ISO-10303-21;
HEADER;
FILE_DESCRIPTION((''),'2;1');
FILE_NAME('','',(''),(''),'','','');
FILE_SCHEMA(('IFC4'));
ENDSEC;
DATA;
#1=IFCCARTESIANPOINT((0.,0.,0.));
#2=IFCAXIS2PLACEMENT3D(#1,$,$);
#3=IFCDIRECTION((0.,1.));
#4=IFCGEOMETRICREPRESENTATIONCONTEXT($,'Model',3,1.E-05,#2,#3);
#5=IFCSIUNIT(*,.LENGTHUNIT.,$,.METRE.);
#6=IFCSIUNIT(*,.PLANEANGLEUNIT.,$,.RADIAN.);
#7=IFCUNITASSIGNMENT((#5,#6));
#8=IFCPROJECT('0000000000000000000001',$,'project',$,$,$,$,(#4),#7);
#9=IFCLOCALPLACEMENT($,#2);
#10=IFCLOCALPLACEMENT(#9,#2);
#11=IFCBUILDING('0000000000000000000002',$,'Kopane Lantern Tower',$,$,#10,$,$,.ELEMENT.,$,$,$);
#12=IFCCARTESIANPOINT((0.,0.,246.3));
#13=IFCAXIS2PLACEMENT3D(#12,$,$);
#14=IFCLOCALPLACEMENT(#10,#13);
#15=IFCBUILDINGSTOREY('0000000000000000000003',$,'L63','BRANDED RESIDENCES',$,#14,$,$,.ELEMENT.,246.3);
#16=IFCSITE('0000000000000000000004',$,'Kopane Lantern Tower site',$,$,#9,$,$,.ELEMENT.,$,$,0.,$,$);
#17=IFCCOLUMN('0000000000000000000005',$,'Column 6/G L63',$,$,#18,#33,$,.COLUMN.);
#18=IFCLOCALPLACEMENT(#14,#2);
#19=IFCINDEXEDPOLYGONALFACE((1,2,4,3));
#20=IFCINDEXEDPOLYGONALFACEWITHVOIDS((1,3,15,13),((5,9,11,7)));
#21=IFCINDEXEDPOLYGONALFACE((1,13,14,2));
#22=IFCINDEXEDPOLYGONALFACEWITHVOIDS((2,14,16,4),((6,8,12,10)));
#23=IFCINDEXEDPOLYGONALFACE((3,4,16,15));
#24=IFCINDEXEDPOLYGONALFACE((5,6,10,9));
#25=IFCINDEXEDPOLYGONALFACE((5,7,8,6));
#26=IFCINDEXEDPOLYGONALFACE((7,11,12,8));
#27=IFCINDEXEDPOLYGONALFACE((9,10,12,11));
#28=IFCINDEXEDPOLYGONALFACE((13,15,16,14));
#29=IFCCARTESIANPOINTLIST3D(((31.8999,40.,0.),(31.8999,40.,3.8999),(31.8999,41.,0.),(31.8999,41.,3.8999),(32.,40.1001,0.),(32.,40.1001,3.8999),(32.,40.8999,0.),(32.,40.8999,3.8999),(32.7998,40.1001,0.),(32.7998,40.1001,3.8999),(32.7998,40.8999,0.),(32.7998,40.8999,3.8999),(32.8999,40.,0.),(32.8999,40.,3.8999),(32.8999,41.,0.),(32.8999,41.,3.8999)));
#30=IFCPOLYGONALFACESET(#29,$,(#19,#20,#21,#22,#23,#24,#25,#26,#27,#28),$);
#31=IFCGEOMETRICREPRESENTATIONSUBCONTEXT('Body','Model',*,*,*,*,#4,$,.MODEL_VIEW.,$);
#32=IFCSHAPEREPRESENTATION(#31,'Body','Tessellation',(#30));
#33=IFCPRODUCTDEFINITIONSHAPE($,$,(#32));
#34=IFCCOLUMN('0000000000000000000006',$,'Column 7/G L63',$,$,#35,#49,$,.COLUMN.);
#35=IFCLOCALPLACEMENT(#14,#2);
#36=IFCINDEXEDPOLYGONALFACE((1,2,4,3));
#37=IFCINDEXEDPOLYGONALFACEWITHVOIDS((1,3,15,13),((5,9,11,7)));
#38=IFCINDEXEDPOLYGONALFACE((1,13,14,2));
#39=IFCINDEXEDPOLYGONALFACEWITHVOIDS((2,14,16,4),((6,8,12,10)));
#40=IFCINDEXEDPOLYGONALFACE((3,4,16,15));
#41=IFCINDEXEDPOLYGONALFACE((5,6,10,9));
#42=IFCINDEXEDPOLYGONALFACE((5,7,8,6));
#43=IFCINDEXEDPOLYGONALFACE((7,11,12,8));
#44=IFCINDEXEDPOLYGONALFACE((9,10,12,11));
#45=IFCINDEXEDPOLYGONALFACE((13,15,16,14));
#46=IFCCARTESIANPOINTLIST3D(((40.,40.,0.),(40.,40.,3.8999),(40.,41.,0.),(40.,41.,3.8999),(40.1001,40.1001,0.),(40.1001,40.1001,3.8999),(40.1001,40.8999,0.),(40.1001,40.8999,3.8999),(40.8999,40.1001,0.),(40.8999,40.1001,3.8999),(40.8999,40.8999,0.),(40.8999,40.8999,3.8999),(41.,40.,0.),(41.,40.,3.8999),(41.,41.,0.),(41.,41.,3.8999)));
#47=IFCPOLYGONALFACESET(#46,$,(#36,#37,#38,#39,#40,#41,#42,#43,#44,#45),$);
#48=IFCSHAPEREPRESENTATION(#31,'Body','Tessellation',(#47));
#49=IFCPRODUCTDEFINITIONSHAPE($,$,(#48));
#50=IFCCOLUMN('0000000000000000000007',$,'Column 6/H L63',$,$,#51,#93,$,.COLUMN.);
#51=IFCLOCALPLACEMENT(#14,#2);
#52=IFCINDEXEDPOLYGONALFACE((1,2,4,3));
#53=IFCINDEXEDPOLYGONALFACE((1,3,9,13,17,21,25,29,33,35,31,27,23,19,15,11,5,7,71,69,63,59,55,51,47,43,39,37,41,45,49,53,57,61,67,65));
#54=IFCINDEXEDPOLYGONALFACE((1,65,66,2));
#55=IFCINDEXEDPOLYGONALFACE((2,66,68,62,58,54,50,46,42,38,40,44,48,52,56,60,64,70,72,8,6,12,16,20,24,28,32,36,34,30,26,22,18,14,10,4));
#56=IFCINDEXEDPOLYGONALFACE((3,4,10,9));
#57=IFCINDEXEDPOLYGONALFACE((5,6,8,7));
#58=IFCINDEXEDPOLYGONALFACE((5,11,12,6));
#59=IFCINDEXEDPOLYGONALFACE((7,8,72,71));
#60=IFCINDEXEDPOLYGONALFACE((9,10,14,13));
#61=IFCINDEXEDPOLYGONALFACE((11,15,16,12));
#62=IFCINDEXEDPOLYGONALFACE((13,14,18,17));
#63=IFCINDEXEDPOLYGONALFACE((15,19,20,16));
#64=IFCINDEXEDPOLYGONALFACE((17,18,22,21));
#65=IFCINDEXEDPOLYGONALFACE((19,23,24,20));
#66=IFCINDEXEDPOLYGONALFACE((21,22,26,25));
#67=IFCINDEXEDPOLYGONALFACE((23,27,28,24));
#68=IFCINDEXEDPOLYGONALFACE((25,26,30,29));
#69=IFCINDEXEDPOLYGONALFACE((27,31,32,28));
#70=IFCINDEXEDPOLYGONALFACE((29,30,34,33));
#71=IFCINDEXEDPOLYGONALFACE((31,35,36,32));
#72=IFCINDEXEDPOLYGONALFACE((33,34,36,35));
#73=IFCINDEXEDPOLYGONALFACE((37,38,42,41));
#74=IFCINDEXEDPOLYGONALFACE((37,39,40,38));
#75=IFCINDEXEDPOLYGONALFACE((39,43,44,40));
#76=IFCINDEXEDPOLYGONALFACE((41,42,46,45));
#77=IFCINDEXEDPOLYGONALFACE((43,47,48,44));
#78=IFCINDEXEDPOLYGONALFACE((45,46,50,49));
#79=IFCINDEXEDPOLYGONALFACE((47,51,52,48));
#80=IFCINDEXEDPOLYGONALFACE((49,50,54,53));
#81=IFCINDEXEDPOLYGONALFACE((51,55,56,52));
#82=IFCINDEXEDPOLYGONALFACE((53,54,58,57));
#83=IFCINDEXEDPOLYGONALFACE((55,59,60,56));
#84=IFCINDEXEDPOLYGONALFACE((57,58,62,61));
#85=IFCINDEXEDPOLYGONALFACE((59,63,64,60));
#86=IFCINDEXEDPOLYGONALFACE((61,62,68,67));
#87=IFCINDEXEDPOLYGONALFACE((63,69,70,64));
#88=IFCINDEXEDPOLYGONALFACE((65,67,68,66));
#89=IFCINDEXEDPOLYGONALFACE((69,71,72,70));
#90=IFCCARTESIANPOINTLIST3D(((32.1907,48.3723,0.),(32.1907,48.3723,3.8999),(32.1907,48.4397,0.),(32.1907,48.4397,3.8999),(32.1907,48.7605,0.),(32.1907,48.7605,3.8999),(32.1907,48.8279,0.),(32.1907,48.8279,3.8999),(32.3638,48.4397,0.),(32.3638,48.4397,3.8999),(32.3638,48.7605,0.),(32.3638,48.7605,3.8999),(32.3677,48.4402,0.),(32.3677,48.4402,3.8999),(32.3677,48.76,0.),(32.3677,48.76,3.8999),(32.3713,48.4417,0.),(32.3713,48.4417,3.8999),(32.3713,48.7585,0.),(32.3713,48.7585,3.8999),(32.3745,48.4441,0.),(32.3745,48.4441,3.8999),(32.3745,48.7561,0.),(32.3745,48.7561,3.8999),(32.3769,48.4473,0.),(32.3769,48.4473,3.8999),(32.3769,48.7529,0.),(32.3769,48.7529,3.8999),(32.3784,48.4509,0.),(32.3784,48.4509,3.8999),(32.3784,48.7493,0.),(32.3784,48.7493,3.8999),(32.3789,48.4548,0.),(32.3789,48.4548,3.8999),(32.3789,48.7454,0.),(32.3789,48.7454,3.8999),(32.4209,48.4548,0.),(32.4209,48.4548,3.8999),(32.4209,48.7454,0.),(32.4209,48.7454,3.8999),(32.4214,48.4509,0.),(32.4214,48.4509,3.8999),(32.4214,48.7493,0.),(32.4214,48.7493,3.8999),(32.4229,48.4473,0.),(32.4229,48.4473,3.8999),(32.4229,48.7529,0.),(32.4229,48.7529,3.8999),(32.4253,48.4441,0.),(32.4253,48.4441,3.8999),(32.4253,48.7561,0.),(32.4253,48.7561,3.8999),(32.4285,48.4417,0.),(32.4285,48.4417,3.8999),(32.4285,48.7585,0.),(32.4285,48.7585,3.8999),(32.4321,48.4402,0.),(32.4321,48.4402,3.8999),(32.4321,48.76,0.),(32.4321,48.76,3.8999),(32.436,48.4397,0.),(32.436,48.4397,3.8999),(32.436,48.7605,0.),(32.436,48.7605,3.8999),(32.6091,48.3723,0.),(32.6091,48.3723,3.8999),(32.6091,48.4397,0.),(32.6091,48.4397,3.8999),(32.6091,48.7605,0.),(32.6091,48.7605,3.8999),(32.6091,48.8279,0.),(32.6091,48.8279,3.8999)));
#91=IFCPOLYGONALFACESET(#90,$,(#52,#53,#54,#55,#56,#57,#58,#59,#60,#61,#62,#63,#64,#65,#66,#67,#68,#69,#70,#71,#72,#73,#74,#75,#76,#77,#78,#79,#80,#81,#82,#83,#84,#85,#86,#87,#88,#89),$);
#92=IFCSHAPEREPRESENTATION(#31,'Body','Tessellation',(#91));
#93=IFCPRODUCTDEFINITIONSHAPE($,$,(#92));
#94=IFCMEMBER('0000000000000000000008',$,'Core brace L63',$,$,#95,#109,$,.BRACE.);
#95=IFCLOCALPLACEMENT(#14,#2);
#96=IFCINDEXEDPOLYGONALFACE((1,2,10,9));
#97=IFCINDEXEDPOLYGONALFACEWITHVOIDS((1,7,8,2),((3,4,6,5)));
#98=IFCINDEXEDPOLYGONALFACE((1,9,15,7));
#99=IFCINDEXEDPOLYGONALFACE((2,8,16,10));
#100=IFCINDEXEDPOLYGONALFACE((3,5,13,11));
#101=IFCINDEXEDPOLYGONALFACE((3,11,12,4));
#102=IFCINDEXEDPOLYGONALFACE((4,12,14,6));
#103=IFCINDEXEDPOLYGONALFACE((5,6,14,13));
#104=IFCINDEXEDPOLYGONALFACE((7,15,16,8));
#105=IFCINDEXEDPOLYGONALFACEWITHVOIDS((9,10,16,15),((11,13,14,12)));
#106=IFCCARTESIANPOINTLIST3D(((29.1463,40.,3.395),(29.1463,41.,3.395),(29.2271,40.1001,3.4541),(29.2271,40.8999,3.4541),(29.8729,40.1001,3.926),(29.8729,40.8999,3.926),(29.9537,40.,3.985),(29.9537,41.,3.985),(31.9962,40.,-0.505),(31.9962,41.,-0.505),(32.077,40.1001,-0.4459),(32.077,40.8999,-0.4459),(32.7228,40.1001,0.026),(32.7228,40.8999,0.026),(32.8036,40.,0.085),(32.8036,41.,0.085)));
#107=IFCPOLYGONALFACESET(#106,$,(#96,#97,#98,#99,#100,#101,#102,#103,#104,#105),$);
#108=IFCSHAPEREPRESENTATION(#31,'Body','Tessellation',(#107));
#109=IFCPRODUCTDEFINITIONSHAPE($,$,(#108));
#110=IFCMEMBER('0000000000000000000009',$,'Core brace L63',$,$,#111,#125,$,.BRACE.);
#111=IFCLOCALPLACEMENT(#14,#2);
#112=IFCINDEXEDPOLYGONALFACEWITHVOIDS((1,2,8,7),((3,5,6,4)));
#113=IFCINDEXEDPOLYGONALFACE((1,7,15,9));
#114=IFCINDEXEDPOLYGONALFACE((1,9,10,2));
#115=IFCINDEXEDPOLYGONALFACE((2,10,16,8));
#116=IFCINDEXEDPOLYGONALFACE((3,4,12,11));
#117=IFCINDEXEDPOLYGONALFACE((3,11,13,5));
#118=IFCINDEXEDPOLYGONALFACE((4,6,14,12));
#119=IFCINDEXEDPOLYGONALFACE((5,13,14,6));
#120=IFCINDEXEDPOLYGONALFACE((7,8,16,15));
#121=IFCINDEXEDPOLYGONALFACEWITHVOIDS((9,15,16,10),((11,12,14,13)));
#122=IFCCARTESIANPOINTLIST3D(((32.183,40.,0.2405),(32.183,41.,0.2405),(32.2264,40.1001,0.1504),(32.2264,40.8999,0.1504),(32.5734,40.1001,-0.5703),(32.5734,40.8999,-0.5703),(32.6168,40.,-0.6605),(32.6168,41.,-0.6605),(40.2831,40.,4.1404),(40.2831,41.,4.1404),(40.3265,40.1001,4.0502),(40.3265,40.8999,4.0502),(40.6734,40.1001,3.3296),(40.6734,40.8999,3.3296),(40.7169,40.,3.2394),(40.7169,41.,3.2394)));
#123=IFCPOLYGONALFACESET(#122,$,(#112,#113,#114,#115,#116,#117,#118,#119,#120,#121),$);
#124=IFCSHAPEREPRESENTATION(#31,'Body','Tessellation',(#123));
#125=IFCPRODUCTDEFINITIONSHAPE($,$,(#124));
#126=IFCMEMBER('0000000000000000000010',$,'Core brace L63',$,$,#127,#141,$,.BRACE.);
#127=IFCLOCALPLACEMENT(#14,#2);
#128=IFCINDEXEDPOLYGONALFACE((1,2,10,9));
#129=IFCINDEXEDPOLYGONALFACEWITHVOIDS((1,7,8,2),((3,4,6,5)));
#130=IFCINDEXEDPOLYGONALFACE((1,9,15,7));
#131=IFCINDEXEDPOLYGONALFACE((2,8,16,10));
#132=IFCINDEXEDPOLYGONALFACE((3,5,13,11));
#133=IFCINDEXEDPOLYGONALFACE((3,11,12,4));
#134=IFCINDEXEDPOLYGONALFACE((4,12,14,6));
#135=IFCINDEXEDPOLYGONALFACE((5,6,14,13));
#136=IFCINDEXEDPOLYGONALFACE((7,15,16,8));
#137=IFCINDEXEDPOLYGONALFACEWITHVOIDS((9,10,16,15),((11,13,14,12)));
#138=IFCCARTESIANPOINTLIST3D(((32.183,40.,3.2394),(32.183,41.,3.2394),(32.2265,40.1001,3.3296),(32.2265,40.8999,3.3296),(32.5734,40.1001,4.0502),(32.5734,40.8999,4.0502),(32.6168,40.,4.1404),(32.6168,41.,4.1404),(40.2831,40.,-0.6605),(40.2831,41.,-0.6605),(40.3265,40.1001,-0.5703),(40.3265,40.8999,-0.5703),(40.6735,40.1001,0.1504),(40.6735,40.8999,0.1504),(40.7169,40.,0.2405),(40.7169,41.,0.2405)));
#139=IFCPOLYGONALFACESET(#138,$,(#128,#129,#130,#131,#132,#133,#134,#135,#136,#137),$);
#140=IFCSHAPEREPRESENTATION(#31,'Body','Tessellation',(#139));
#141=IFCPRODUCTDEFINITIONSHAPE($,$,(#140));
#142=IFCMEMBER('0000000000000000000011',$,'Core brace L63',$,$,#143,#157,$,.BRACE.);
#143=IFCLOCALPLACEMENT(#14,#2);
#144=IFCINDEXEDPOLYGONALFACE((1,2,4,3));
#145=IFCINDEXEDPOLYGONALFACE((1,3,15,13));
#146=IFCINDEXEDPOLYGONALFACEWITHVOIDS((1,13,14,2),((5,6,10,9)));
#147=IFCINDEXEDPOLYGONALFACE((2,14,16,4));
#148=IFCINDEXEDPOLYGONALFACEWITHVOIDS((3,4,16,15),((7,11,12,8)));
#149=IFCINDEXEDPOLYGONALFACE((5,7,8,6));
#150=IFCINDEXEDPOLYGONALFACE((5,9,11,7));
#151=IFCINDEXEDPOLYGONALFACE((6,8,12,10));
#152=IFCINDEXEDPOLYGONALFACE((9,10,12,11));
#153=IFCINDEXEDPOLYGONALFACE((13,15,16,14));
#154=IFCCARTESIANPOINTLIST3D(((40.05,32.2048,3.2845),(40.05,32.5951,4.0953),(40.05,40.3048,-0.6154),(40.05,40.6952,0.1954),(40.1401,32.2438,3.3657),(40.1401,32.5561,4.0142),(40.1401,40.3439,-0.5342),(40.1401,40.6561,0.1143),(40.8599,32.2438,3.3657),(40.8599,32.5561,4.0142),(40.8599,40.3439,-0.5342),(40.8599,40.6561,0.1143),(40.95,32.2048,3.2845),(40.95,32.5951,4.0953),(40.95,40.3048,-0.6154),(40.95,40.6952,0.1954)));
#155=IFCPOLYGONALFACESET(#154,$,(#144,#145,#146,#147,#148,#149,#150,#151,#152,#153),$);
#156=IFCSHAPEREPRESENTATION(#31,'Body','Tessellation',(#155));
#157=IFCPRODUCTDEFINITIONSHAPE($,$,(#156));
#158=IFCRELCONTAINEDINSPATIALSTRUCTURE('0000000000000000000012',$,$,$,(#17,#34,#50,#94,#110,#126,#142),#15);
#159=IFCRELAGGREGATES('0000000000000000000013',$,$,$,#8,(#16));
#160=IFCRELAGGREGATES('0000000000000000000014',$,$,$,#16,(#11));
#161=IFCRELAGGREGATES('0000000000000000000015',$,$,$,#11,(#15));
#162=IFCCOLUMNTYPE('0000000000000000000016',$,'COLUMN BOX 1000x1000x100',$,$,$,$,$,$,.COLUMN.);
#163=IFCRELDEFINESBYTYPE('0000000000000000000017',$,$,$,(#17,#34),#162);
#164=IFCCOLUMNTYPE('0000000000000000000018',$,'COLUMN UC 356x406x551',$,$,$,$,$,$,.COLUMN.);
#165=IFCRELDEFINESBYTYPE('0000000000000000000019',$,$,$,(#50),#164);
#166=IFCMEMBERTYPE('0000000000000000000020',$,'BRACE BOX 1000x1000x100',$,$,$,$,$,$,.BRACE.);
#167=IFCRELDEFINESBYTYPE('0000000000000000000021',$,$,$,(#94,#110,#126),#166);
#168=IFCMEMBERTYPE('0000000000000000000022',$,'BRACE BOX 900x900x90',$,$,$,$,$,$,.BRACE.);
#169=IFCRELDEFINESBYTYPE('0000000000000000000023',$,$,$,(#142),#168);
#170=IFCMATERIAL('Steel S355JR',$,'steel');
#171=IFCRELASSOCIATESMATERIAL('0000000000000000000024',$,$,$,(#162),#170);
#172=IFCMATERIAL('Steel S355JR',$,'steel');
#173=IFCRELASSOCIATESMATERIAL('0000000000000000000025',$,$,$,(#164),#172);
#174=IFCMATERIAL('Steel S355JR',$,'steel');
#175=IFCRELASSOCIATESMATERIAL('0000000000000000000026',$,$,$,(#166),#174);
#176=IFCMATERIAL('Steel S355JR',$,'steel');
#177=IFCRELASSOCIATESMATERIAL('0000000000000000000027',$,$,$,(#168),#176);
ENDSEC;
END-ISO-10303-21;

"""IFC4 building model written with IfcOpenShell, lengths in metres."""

from ifc_helpers import new_model, si_unit, direction, frame, origin, origin_2d, place, context, subcontext, project, spatial, hollow_rectangle, i_section, extrude, material, material_profile, profile_set, type_object, element, save


model = new_model("IFC4")

# Units and contexts
model_context = context("Model", 3, precision=1e-05, world=origin(), true_north=direction((0.0, 1.0)))
body_context = subcontext(model_context, "Body", "Model", "MODEL_VIEW")
ifc_project = project(units=[si_unit("LENGTHUNIT", "METRE"), si_unit("PLANEANGLEUNIT", "RADIAN")], contexts=[model_context])

# Site, building, storey
site_placement = place(None, origin())
site = spatial("IfcSite", under=ifc_project, at=site_placement, Name="Kopane Lantern Tower site", CompositionType="ELEMENT", RefElevation=0.0)
building_placement = place(site_placement, origin())
building = spatial("IfcBuilding", under=site, at=building_placement, Name="Kopane Lantern Tower", CompositionType="ELEMENT")
storey_placement = place(building_placement, frame((0.0, 0.0, 246.3)))
storey = spatial("IfcBuildingStorey", under=building, at=storey_placement, Name="L63", Description="BRANDED RESIDENCES", CompositionType="ELEMENT", Elevation=246.3)

# Columns
ifc_material_1 = material(Name="Steel S355JR", Category="steel")
ifc_material_profile_1 = material_profile(ifc_material_1, hollow_rectangle(XDim=1.0, YDim=1.0, WallThickness=0.1001, at=origin_2d()), Name="BOX 1000x1000x100")
ifc_profile_set_1 = profile_set([ifc_material_profile_1], Name="Steel S355JR")
column_type_1 = type_object("IfcColumnType", Name="COLUMN BOX 1000x1000x100", PredefinedType="COLUMN", material=ifc_profile_set_1)
for number, where, z_axis, x_axis, name in (
    (1, (32.3999, 40.5, 0.0), (0.0, 0.0, 1.0), (1.0, 0.0, 0.0), "Column 6/G L63"),
    (2, (40.5, 40.5, 0.0), (0.0, 0.0, 1.0), (1.0, 0.0, 0.0), "Column 7/G L63"),
):
    element("IfcColumn", number, at=place(storey_placement, frame(where, z_axis=z_axis, x_axis=x_axis)), inside=storey, type_object=column_type_1, Name=name, PredefinedType="COLUMN", context=body_context, shape_type="SweptSolid", body=[
        extrude(hollow_rectangle(XDim=1.0, YDim=1.0, WallThickness=0.1001, at=origin_2d()), origin(), (0.0, 0.0, 1.0), 3.8999),
    ])
ifc_material_2 = material(Name="Steel S355JR", Category="steel")
ifc_material_profile_2 = material_profile(ifc_material_2, i_section(OverallWidth=0.4185, OverallDepth=0.4556, WebThickness=0.042, FlangeThickness=0.0674, FilletRadius=0.0151, at=origin_2d()), Name="UC 356x406x551")
ifc_profile_set_2 = profile_set([ifc_material_profile_2], Name="Steel S355JR")
column_type_2 = type_object("IfcColumnType", Name="COLUMN UC 356x406x551", PredefinedType="COLUMN", material=ifc_profile_set_2)
column_placement = place(storey_placement, frame((32.3999, 48.6001, 0.0), z_axis=(0.0, 0.0, 1.0), x_axis=(1.0, 0.0, 0.0)))
element("IfcColumn", 3, at=column_placement, inside=storey, type_object=column_type_2, Name="Column 6/H L63", PredefinedType="COLUMN", context=body_context, shape_type="SweptSolid", body=[
    extrude(i_section(OverallWidth=0.4185, OverallDepth=0.4556, WebThickness=0.042, FlangeThickness=0.0674, FilletRadius=0.0151, at=origin_2d()), origin(), (0.0, 0.0, 1.0), 3.8999),
])

# Members
ifc_material_3 = material(Name="Steel S355JR", Category="steel")
ifc_material_profile_3 = material_profile(ifc_material_3, hollow_rectangle(XDim=1.0, YDim=1.0, WallThickness=0.1001, at=origin_2d()), Name="BOX 1000x1000x100")
ifc_profile_set_3 = profile_set([ifc_material_profile_3], Name="Steel S355JR")
member_type_1 = type_object("IfcMemberType", Name="BRACE BOX 1000x1000x100", PredefinedType="BRACE", material=ifc_profile_set_3)
member_1_placement = place(storey_placement, frame((32.3999, 40.5, -0.21), z_axis=(-0.590006, 0.0, 0.807399), x_axis=(0.0, -1.0, 0.0)))
element("IfcMember", 4, at=member_1_placement, inside=storey, type_object=member_type_1, Name="Core brace L63", PredefinedType="BRACE", context=body_context, shape_type="SweptSolid", body=[
    extrude(hollow_rectangle(XDim=1.0, YDim=1.0, WallThickness=0.1001, at=origin_2d()), origin(), (0.0, 0.0, 1.0), 4.8303),
])
for number, where, z_axis, x_axis, name in (
    (5, (32.3999, 40.5, -0.21), (0.901008, 0.0, 0.433803), (0.0, 1.0, 0.0), "Core brace L63"),
    (6, (40.5, 40.5, -0.21), (-0.901008, 0.0, 0.433803), (0.0, -1.0, 0.0), "Core brace L63"),
):
    element("IfcMember", number, at=place(storey_placement, frame(where, z_axis=z_axis, x_axis=x_axis)), inside=storey, type_object=member_type_1, Name=name, PredefinedType="BRACE", context=body_context, shape_type="SweptSolid", body=[
        extrude(hollow_rectangle(XDim=1.0, YDim=1.0, WallThickness=0.1001, at=origin_2d()), origin(), (0.0, 0.0, 1.0), 8.99),
    ])
ifc_material_4 = material(Name="Steel S355JR", Category="steel")
ifc_material_profile_4 = material_profile(ifc_material_4, hollow_rectangle(XDim=0.8999, YDim=0.8999, WallThickness=0.0901, at=origin_2d()), Name="BOX 900x900x90")
ifc_profile_set_4 = profile_set([ifc_material_profile_4], Name="Steel S355JR")
member_type_2 = type_object("IfcMemberType", Name="BRACE BOX 900x900x90", PredefinedType="BRACE", material=ifc_profile_set_4)
member_2_placement = place(storey_placement, frame((40.5, 40.5, -0.21), z_axis=(0.0, -0.901008, 0.433803), x_axis=(1.0, 0.0, 0.0)))
element("IfcMember", 7, at=member_2_placement, inside=storey, type_object=member_type_2, Name="Core brace L63", PredefinedType="BRACE", context=body_context, shape_type="SweptSolid", body=[
    extrude(hollow_rectangle(XDim=0.8999, YDim=0.8999, WallThickness=0.0901, at=origin_2d()), origin(), (0.0, 0.0, 1.0), 8.99),
])

save(model, "model.ifc")
